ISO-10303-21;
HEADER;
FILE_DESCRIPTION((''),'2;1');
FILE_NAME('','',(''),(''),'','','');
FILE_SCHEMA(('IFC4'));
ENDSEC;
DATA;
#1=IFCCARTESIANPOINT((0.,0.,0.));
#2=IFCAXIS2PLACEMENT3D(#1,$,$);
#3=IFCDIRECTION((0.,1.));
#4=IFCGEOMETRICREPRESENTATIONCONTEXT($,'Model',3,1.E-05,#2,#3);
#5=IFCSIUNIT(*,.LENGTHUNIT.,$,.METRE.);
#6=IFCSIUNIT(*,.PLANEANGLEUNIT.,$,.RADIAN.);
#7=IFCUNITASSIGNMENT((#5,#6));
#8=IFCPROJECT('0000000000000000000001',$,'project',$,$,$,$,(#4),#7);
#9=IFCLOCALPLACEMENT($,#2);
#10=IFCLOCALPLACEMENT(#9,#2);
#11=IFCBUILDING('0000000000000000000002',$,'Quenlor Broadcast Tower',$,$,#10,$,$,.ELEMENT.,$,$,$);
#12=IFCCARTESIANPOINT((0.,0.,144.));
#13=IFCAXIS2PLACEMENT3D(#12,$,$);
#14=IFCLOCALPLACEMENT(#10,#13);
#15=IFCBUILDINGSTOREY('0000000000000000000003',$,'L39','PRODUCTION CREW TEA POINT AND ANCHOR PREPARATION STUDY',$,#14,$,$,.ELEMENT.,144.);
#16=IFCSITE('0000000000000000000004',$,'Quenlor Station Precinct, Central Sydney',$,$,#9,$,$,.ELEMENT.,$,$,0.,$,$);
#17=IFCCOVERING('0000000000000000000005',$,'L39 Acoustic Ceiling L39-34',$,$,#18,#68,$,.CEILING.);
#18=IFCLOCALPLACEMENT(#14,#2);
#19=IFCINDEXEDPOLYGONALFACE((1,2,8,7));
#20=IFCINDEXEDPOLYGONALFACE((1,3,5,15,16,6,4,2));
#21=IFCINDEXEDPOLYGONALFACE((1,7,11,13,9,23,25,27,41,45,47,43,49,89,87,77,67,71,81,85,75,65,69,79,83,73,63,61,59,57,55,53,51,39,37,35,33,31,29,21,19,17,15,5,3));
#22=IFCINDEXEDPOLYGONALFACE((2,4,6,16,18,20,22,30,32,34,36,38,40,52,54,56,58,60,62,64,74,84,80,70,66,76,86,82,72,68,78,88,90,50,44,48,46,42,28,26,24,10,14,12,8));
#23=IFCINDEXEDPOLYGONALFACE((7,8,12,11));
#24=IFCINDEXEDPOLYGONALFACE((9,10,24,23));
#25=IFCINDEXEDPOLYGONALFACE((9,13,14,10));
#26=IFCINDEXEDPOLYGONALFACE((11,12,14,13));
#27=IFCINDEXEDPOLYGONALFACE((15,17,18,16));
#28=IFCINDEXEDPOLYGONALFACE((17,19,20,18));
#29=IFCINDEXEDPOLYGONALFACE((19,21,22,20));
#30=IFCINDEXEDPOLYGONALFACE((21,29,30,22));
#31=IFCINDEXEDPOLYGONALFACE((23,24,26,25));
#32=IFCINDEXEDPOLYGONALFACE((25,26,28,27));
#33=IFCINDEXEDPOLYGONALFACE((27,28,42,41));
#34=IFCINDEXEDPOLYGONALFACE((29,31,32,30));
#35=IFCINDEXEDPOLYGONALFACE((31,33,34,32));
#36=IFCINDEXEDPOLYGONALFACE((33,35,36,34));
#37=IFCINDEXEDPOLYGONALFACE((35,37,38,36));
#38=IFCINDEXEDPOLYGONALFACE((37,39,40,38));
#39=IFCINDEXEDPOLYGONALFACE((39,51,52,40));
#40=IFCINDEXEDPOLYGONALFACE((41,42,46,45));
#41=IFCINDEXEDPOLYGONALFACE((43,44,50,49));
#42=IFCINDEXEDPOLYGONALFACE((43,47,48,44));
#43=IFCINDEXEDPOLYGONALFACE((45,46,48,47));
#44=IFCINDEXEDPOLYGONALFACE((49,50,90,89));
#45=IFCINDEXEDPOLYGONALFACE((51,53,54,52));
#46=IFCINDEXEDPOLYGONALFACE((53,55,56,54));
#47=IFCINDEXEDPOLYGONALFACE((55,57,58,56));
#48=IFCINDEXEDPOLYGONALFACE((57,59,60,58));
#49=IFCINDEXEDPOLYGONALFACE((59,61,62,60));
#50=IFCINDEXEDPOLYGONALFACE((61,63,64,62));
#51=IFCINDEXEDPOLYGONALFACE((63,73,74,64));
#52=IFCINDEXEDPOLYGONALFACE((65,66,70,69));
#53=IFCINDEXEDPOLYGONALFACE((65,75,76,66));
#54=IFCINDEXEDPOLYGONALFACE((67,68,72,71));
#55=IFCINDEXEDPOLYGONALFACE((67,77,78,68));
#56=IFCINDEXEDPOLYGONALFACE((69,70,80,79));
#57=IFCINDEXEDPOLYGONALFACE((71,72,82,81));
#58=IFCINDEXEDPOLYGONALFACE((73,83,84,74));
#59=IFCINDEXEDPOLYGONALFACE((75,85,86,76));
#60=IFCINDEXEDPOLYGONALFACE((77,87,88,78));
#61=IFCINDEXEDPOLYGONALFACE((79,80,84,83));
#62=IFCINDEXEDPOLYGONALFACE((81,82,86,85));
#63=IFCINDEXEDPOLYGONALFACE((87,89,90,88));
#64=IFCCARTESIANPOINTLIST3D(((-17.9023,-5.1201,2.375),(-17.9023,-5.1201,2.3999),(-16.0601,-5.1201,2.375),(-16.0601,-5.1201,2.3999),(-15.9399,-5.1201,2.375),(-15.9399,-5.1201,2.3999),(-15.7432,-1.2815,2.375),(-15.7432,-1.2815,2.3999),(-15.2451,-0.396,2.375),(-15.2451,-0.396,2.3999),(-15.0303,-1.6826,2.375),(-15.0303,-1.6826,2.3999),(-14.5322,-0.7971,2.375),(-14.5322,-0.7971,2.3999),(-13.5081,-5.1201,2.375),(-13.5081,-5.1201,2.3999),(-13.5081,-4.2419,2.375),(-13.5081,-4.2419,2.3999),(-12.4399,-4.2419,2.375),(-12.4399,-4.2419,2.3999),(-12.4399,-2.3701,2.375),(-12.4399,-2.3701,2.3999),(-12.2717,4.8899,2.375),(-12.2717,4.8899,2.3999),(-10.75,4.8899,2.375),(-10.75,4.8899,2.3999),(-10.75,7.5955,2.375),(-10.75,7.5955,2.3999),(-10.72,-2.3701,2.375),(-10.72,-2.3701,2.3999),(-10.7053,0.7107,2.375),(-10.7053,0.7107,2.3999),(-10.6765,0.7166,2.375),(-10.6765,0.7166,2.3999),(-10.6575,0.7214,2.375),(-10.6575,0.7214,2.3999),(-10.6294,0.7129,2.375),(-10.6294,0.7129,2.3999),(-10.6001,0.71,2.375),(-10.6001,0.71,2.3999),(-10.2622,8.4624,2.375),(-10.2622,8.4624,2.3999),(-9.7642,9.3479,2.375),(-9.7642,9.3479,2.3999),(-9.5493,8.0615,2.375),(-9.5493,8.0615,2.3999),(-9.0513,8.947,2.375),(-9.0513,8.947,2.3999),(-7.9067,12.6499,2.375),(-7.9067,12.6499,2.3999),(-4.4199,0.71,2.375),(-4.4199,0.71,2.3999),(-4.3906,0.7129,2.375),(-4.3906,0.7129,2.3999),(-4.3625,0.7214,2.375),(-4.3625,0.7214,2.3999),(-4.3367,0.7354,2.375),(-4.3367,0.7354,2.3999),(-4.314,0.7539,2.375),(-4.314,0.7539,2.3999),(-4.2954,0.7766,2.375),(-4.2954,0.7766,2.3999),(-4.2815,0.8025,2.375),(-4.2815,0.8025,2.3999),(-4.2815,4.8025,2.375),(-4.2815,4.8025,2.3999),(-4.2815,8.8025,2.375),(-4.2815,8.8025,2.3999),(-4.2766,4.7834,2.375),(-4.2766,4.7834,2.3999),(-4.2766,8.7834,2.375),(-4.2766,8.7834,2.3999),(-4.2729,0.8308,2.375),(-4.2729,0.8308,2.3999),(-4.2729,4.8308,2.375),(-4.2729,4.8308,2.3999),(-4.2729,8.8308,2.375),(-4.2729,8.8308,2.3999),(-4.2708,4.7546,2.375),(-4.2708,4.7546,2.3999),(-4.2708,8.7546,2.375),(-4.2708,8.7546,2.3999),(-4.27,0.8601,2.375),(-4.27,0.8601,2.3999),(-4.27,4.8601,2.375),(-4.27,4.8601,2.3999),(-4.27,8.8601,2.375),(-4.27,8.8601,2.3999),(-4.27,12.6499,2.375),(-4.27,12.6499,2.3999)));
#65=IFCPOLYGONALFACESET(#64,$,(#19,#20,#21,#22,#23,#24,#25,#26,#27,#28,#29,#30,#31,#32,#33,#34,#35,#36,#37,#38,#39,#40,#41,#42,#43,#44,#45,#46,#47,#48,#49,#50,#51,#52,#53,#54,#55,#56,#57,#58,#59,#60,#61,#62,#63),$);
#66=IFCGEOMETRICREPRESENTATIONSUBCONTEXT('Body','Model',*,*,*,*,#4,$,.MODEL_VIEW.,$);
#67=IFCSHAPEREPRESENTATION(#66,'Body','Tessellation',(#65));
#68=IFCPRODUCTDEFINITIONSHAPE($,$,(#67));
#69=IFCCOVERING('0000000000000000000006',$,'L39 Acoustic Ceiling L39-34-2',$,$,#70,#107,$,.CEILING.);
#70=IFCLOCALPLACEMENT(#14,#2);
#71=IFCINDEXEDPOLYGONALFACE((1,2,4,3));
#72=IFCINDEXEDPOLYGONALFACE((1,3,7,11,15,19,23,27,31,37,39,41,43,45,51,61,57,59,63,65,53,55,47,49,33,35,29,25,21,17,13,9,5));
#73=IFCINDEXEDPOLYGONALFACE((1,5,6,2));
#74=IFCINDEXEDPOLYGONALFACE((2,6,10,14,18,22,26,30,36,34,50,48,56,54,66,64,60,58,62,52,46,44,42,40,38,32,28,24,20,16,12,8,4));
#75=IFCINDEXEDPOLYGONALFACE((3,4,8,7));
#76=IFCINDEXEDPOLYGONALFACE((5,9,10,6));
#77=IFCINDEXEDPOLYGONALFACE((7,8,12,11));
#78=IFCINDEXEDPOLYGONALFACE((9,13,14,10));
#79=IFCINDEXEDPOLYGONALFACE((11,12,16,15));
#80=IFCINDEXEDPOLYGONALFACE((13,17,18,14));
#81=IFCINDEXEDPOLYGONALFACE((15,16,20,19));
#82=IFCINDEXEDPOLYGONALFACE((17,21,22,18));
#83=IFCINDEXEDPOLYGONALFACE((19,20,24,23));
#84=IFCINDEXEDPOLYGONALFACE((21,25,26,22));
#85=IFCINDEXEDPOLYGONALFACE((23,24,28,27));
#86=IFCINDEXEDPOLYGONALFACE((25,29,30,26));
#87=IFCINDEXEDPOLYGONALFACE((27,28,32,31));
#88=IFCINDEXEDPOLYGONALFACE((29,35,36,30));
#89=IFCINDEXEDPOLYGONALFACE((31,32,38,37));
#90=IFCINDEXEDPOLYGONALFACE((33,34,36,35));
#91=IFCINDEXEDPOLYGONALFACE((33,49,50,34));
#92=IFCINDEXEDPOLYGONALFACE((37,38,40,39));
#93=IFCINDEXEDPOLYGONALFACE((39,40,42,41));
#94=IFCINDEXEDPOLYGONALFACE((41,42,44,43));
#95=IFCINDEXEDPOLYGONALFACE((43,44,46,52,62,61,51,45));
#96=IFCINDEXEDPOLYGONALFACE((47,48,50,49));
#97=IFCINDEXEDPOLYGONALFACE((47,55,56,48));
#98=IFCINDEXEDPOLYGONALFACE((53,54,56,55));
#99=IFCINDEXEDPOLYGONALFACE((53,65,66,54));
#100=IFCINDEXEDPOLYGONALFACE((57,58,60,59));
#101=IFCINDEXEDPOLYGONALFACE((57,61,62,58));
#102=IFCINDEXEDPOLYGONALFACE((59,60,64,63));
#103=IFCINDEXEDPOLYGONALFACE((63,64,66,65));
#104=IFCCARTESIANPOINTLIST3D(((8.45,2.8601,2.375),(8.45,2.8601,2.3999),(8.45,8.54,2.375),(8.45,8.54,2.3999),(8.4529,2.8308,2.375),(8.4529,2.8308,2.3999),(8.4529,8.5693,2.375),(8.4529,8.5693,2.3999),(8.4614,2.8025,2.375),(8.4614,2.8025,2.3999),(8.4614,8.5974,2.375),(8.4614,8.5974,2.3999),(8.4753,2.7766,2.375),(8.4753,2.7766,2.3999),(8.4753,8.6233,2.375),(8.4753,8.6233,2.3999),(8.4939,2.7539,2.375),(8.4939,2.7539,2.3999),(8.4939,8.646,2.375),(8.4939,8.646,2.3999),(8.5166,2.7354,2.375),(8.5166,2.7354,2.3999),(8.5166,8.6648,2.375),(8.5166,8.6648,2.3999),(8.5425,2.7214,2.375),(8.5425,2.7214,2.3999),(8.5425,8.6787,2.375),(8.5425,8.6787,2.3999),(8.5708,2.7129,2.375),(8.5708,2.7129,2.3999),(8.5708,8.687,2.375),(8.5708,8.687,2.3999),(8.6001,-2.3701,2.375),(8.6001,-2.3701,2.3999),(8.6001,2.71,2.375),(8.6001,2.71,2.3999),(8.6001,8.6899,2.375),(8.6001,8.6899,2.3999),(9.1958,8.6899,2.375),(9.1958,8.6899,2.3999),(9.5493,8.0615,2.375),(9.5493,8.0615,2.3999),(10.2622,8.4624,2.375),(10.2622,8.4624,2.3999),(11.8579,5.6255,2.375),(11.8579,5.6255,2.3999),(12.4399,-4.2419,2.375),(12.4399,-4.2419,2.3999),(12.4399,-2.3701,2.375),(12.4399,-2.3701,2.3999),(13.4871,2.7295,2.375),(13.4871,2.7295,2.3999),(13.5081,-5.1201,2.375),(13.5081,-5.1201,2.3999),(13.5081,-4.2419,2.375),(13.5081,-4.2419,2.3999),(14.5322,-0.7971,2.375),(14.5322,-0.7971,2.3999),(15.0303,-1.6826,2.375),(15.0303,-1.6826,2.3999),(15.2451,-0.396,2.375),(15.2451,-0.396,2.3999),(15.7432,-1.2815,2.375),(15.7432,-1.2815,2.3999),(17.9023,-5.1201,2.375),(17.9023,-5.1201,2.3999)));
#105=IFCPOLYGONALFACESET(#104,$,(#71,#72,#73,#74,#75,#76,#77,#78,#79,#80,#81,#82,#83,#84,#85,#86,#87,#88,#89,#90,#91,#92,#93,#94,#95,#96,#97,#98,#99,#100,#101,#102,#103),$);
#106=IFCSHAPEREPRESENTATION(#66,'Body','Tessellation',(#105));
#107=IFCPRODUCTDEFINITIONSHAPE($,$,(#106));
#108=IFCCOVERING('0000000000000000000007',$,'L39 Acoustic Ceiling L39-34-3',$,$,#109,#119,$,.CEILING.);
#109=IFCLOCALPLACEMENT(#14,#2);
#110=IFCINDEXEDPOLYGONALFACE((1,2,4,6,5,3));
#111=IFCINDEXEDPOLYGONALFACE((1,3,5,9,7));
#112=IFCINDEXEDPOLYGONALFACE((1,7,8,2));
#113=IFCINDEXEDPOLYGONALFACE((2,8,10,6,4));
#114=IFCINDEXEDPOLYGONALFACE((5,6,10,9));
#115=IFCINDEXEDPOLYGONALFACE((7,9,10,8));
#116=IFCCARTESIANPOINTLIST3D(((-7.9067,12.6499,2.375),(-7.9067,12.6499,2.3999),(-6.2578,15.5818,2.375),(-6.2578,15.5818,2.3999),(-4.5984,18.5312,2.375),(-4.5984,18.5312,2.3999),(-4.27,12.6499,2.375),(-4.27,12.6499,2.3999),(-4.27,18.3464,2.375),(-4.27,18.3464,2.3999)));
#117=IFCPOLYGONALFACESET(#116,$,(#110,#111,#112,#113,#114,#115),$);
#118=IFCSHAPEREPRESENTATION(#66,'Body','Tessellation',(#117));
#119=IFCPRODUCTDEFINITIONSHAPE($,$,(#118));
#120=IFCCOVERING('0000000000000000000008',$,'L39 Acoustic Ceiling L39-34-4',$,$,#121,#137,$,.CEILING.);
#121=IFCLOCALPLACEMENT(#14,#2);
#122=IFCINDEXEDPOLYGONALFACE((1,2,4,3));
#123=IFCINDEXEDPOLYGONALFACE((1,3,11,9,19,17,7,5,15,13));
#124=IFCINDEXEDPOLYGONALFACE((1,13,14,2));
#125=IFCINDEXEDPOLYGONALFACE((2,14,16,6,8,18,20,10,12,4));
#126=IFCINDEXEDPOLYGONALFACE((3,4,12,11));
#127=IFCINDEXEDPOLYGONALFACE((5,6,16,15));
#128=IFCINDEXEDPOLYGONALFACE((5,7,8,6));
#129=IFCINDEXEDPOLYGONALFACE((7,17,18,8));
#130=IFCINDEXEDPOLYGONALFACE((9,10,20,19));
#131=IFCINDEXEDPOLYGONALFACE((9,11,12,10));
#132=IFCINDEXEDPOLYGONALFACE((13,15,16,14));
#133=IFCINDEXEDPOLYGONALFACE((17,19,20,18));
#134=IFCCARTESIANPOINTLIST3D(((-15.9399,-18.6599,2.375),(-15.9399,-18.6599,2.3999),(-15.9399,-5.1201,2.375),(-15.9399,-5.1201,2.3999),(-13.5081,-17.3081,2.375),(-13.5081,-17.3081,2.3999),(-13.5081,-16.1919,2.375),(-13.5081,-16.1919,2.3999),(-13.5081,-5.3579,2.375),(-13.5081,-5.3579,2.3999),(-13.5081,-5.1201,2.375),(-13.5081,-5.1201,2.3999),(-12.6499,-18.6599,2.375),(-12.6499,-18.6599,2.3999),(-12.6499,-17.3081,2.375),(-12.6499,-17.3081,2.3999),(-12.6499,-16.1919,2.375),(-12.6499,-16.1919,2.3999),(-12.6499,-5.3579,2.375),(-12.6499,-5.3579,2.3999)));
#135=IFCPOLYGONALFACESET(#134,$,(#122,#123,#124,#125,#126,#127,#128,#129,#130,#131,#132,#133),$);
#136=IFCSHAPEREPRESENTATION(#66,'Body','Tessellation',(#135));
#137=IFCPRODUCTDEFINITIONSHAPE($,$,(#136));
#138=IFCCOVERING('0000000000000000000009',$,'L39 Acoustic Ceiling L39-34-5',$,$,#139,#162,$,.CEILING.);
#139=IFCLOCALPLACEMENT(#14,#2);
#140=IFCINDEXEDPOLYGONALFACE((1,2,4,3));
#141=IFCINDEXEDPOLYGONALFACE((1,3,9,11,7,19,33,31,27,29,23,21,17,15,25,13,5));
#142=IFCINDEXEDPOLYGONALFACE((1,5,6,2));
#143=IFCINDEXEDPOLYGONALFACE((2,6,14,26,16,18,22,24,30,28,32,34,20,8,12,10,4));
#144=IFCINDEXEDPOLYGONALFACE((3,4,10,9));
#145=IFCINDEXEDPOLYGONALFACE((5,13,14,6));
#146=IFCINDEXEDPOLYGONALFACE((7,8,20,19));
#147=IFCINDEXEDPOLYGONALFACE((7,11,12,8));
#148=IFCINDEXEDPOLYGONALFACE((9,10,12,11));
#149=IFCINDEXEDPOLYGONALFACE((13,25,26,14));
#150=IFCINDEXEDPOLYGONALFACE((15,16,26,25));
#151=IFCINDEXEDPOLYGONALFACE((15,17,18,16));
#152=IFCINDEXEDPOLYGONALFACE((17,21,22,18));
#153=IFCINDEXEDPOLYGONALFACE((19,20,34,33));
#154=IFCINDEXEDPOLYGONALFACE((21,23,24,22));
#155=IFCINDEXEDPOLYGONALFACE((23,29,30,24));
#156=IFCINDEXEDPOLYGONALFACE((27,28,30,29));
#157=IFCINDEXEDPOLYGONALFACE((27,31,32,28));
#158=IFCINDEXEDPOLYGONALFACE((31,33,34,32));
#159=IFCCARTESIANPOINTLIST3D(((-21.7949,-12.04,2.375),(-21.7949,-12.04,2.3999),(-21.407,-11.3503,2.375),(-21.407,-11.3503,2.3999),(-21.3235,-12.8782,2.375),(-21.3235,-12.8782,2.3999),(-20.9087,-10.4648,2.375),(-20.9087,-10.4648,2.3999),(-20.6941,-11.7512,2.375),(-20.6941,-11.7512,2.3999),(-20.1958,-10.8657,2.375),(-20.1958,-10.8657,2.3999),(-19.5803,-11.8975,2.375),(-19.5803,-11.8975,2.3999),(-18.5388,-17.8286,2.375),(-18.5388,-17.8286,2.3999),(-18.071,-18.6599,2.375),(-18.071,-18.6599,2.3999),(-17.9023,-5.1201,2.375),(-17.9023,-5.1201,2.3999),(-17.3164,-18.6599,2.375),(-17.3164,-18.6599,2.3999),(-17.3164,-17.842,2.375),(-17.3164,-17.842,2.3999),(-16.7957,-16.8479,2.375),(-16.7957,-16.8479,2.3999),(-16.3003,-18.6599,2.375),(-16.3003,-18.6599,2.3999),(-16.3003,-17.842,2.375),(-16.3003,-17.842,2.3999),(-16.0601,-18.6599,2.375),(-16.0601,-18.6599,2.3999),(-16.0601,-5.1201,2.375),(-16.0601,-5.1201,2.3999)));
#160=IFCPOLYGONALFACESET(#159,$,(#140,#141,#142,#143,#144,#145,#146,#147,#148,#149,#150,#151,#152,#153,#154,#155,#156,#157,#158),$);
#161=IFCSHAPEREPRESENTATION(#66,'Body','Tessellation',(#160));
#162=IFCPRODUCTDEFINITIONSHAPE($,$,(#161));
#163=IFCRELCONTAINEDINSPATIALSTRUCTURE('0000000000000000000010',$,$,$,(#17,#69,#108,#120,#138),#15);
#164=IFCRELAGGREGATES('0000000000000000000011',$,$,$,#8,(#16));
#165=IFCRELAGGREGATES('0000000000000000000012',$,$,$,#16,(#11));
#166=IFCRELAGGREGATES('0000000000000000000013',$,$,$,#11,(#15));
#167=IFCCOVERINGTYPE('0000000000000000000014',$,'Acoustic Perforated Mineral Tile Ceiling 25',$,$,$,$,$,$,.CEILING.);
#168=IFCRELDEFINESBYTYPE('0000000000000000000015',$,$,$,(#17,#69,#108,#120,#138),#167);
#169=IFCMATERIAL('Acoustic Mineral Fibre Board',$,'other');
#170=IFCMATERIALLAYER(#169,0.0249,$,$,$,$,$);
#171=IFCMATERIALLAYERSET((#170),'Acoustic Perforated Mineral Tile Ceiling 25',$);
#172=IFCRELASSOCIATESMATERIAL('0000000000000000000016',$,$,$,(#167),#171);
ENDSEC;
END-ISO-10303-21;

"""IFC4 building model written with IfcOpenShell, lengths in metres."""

from ifc_helpers import new_model, si_unit, direction, frame, origin, place, context, subcontext, project, spatial, polyline, outline, extrude, material, layer, layer_set, type_object, element, save


model = new_model("IFC4")

# Units and contexts
model_context = context("Model", 3, precision=1e-05, world=origin(), true_north=direction((0.0, 1.0)))
body_context = subcontext(model_context, "Body", "Model", "MODEL_VIEW")
ifc_project = project(units=[si_unit("LENGTHUNIT", "METRE"), si_unit("PLANEANGLEUNIT", "RADIAN")], contexts=[model_context])

# Site, building, storey
site_placement = place(None, origin())
site = spatial("IfcSite", under=ifc_project, at=site_placement, Name="Quenlor Station Precinct, Central Sydney", CompositionType="ELEMENT", RefElevation=0.0)
building_placement = place(site_placement, origin())
building = spatial("IfcBuilding", under=site, at=building_placement, Name="Quenlor Broadcast Tower", CompositionType="ELEMENT")
storey_placement = place(building_placement, frame((0.0, 0.0, 144.0)))
storey = spatial("IfcBuildingStorey", under=building, at=storey_placement, Name="L39", Description="PRODUCTION CREW TEA POINT AND ANCHOR PREPARATION STUDY", CompositionType="ELEMENT", Elevation=144.0)

# Coverings
ifc_material_1 = material(Name="Acoustic Mineral Fibre Board", Category="other")
ifc_layer_1 = layer(ifc_material_1, 0.0249)
ifc_layer_set_1 = layer_set([ifc_layer_1], Name="Acoustic Perforated Mineral Tile Ceiling 25")
covering_type_1 = type_object("IfcCoveringType", Name="Acoustic Perforated Mineral Tile Ceiling 25", PredefinedType="CEILING", material=ifc_layer_set_1)
covering_1_placement = place(storey_placement, frame((0.0, 0.0, 2.375)))
element("IfcCovering", 1, at=covering_1_placement, inside=storey, type_object=covering_type_1, Name="L39 Acoustic Ceiling L39-34", PredefinedType="CEILING", context=body_context, shape_type="SweptSolid", body=[
    extrude(outline(polyline([(-4.2815, 8.8025), (-4.2766, 8.7834), (-4.2708, 8.7546), (-4.27, 4.8601), (-4.2729, 4.8308), (-4.2815, 4.8025), (-4.2766, 4.7834), (-4.2708, 4.7546), (-4.27, 0.8601), (-4.2729, 0.8308), (-4.2815, 0.8025), (-4.2954, 0.7766), (-4.314, 0.7539), (-4.3367, 0.7354), (-4.3625, 0.7214), (-4.3906, 0.7129), (-4.4199, 0.71), (-10.6001, 0.71), (-10.6294, 0.7129), (-10.6575, 0.7214), (-10.6765, 0.7166), (-10.7053, 0.7107), (-10.72, -2.3701), (-12.4399, -2.3701), (-12.4399, -4.2419), (-13.5081, -4.2419), (-13.5081, -5.1201), (-15.9399, -5.1201), (-16.0601, -5.1201), (-17.9023, -5.1201), (-15.7432, -1.2815), (-15.0303, -1.6826), (-14.5322, -0.7971), (-15.2451, -0.396), (-12.2717, 4.8899), (-10.75, 4.8899), (-10.75, 7.5955), (-10.2622, 8.4624), (-9.5493, 8.0615), (-9.0513, 8.947), (-9.7642, 9.3479), (-7.9067, 12.6499), (-4.27, 12.6499), (-4.27, 8.8601), (-4.2729, 8.8308), (-4.2815, 8.8025)])), origin(), (0.0, 0.0, 1.0), 0.0249),
])
covering_2_placement = place(storey_placement, frame((0.0, 0.0, 2.375)))
element("IfcCovering", 2, at=covering_2_placement, inside=storey, type_object=covering_type_1, Name="L39 Acoustic Ceiling L39-34-2", PredefinedType="CEILING", context=body_context, shape_type="SweptSolid", body=[
    extrude(outline(polyline([(13.5081, -4.2419), (12.4399, -4.2419), (12.4399, -2.3701), (8.6001, -2.3701), (8.6001, 2.71), (8.5708, 2.7129), (8.5425, 2.7214), (8.5166, 2.7354), (8.4939, 2.7539), (8.4753, 2.7766), (8.4614, 2.8025), (8.4529, 2.8308), (8.45, 2.8601), (8.45, 8.54), (8.4529, 8.5693), (8.4614, 8.5974), (8.4753, 8.6233), (8.4939, 8.646), (8.5166, 8.6648), (8.5425, 8.6787), (8.5708, 8.687), (8.6001, 8.6899), (9.1958, 8.6899), (9.5493, 8.0615), (10.2622, 8.4624), (11.8579, 5.6255), (13.4871, 2.7295), (15.2451, -0.396), (14.5322, -0.7971), (15.0303, -1.6826), (15.7432, -1.2815), (17.9023, -5.1201), (13.5081, -5.1201), (13.5081, -4.2419)])), origin(), (0.0, 0.0, 1.0), 0.0249),
])
covering_3_placement = place(storey_placement, frame((0.0, 0.0, 2.375)))
element("IfcCovering", 3, at=covering_3_placement, inside=storey, type_object=covering_type_1, Name="L39 Acoustic Ceiling L39-34-3", PredefinedType="CEILING", context=body_context, shape_type="SweptSolid", body=[
    extrude(outline(polyline([(-6.2578, 15.5818), (-4.5984, 18.5312), (-4.27, 18.3464), (-4.27, 12.6499), (-7.9067, 12.6499), (-6.2578, 15.5818)])), origin(), (0.0, 0.0, 1.0), 0.0249),
])
covering_4_placement = place(storey_placement, frame((0.0, 0.0, 2.375)))
element("IfcCovering", 4, at=covering_4_placement, inside=storey, type_object=covering_type_1, Name="L39 Acoustic Ceiling L39-34-4", PredefinedType="CEILING", context=body_context, shape_type="SweptSolid", body=[
    extrude(outline(polyline([(-13.5081, -5.3579), (-12.6499, -5.3579), (-12.6499, -16.1919), (-13.5081, -16.1919), (-13.5081, -17.3081), (-12.6499, -17.3081), (-12.6499, -18.6599), (-15.9399, -18.6599), (-15.9399, -5.1201), (-13.5081, -5.1201), (-13.5081, -5.3579)])), origin(), (0.0, 0.0, 1.0), 0.0249),
])
covering_5_placement = place(storey_placement, frame((0.0, 0.0, 2.375)))
element("IfcCovering", 5, at=covering_5_placement, inside=storey, type_object=covering_type_1, Name="L39 Acoustic Ceiling L39-34-5", PredefinedType="CEILING", context=body_context, shape_type="SweptSolid", body=[
    extrude(outline(polyline([(-16.0601, -18.6599), (-16.3003, -18.6599), (-16.3003, -17.842), (-17.3164, -17.842), (-17.3164, -18.6599), (-18.071, -18.6599), (-18.5388, -17.8286), (-16.7957, -16.8479), (-19.5803, -11.8975), (-21.3235, -12.8782), (-21.7949, -12.04), (-21.407, -11.3503), (-20.6941, -11.7512), (-20.1958, -10.8657), (-20.9087, -10.4648), (-17.9023, -5.1201), (-16.0601, -5.1201), (-16.0601, -18.6599)])), origin(), (0.0, 0.0, 1.0), 0.0249),
])

save(model, "model.ifc")
